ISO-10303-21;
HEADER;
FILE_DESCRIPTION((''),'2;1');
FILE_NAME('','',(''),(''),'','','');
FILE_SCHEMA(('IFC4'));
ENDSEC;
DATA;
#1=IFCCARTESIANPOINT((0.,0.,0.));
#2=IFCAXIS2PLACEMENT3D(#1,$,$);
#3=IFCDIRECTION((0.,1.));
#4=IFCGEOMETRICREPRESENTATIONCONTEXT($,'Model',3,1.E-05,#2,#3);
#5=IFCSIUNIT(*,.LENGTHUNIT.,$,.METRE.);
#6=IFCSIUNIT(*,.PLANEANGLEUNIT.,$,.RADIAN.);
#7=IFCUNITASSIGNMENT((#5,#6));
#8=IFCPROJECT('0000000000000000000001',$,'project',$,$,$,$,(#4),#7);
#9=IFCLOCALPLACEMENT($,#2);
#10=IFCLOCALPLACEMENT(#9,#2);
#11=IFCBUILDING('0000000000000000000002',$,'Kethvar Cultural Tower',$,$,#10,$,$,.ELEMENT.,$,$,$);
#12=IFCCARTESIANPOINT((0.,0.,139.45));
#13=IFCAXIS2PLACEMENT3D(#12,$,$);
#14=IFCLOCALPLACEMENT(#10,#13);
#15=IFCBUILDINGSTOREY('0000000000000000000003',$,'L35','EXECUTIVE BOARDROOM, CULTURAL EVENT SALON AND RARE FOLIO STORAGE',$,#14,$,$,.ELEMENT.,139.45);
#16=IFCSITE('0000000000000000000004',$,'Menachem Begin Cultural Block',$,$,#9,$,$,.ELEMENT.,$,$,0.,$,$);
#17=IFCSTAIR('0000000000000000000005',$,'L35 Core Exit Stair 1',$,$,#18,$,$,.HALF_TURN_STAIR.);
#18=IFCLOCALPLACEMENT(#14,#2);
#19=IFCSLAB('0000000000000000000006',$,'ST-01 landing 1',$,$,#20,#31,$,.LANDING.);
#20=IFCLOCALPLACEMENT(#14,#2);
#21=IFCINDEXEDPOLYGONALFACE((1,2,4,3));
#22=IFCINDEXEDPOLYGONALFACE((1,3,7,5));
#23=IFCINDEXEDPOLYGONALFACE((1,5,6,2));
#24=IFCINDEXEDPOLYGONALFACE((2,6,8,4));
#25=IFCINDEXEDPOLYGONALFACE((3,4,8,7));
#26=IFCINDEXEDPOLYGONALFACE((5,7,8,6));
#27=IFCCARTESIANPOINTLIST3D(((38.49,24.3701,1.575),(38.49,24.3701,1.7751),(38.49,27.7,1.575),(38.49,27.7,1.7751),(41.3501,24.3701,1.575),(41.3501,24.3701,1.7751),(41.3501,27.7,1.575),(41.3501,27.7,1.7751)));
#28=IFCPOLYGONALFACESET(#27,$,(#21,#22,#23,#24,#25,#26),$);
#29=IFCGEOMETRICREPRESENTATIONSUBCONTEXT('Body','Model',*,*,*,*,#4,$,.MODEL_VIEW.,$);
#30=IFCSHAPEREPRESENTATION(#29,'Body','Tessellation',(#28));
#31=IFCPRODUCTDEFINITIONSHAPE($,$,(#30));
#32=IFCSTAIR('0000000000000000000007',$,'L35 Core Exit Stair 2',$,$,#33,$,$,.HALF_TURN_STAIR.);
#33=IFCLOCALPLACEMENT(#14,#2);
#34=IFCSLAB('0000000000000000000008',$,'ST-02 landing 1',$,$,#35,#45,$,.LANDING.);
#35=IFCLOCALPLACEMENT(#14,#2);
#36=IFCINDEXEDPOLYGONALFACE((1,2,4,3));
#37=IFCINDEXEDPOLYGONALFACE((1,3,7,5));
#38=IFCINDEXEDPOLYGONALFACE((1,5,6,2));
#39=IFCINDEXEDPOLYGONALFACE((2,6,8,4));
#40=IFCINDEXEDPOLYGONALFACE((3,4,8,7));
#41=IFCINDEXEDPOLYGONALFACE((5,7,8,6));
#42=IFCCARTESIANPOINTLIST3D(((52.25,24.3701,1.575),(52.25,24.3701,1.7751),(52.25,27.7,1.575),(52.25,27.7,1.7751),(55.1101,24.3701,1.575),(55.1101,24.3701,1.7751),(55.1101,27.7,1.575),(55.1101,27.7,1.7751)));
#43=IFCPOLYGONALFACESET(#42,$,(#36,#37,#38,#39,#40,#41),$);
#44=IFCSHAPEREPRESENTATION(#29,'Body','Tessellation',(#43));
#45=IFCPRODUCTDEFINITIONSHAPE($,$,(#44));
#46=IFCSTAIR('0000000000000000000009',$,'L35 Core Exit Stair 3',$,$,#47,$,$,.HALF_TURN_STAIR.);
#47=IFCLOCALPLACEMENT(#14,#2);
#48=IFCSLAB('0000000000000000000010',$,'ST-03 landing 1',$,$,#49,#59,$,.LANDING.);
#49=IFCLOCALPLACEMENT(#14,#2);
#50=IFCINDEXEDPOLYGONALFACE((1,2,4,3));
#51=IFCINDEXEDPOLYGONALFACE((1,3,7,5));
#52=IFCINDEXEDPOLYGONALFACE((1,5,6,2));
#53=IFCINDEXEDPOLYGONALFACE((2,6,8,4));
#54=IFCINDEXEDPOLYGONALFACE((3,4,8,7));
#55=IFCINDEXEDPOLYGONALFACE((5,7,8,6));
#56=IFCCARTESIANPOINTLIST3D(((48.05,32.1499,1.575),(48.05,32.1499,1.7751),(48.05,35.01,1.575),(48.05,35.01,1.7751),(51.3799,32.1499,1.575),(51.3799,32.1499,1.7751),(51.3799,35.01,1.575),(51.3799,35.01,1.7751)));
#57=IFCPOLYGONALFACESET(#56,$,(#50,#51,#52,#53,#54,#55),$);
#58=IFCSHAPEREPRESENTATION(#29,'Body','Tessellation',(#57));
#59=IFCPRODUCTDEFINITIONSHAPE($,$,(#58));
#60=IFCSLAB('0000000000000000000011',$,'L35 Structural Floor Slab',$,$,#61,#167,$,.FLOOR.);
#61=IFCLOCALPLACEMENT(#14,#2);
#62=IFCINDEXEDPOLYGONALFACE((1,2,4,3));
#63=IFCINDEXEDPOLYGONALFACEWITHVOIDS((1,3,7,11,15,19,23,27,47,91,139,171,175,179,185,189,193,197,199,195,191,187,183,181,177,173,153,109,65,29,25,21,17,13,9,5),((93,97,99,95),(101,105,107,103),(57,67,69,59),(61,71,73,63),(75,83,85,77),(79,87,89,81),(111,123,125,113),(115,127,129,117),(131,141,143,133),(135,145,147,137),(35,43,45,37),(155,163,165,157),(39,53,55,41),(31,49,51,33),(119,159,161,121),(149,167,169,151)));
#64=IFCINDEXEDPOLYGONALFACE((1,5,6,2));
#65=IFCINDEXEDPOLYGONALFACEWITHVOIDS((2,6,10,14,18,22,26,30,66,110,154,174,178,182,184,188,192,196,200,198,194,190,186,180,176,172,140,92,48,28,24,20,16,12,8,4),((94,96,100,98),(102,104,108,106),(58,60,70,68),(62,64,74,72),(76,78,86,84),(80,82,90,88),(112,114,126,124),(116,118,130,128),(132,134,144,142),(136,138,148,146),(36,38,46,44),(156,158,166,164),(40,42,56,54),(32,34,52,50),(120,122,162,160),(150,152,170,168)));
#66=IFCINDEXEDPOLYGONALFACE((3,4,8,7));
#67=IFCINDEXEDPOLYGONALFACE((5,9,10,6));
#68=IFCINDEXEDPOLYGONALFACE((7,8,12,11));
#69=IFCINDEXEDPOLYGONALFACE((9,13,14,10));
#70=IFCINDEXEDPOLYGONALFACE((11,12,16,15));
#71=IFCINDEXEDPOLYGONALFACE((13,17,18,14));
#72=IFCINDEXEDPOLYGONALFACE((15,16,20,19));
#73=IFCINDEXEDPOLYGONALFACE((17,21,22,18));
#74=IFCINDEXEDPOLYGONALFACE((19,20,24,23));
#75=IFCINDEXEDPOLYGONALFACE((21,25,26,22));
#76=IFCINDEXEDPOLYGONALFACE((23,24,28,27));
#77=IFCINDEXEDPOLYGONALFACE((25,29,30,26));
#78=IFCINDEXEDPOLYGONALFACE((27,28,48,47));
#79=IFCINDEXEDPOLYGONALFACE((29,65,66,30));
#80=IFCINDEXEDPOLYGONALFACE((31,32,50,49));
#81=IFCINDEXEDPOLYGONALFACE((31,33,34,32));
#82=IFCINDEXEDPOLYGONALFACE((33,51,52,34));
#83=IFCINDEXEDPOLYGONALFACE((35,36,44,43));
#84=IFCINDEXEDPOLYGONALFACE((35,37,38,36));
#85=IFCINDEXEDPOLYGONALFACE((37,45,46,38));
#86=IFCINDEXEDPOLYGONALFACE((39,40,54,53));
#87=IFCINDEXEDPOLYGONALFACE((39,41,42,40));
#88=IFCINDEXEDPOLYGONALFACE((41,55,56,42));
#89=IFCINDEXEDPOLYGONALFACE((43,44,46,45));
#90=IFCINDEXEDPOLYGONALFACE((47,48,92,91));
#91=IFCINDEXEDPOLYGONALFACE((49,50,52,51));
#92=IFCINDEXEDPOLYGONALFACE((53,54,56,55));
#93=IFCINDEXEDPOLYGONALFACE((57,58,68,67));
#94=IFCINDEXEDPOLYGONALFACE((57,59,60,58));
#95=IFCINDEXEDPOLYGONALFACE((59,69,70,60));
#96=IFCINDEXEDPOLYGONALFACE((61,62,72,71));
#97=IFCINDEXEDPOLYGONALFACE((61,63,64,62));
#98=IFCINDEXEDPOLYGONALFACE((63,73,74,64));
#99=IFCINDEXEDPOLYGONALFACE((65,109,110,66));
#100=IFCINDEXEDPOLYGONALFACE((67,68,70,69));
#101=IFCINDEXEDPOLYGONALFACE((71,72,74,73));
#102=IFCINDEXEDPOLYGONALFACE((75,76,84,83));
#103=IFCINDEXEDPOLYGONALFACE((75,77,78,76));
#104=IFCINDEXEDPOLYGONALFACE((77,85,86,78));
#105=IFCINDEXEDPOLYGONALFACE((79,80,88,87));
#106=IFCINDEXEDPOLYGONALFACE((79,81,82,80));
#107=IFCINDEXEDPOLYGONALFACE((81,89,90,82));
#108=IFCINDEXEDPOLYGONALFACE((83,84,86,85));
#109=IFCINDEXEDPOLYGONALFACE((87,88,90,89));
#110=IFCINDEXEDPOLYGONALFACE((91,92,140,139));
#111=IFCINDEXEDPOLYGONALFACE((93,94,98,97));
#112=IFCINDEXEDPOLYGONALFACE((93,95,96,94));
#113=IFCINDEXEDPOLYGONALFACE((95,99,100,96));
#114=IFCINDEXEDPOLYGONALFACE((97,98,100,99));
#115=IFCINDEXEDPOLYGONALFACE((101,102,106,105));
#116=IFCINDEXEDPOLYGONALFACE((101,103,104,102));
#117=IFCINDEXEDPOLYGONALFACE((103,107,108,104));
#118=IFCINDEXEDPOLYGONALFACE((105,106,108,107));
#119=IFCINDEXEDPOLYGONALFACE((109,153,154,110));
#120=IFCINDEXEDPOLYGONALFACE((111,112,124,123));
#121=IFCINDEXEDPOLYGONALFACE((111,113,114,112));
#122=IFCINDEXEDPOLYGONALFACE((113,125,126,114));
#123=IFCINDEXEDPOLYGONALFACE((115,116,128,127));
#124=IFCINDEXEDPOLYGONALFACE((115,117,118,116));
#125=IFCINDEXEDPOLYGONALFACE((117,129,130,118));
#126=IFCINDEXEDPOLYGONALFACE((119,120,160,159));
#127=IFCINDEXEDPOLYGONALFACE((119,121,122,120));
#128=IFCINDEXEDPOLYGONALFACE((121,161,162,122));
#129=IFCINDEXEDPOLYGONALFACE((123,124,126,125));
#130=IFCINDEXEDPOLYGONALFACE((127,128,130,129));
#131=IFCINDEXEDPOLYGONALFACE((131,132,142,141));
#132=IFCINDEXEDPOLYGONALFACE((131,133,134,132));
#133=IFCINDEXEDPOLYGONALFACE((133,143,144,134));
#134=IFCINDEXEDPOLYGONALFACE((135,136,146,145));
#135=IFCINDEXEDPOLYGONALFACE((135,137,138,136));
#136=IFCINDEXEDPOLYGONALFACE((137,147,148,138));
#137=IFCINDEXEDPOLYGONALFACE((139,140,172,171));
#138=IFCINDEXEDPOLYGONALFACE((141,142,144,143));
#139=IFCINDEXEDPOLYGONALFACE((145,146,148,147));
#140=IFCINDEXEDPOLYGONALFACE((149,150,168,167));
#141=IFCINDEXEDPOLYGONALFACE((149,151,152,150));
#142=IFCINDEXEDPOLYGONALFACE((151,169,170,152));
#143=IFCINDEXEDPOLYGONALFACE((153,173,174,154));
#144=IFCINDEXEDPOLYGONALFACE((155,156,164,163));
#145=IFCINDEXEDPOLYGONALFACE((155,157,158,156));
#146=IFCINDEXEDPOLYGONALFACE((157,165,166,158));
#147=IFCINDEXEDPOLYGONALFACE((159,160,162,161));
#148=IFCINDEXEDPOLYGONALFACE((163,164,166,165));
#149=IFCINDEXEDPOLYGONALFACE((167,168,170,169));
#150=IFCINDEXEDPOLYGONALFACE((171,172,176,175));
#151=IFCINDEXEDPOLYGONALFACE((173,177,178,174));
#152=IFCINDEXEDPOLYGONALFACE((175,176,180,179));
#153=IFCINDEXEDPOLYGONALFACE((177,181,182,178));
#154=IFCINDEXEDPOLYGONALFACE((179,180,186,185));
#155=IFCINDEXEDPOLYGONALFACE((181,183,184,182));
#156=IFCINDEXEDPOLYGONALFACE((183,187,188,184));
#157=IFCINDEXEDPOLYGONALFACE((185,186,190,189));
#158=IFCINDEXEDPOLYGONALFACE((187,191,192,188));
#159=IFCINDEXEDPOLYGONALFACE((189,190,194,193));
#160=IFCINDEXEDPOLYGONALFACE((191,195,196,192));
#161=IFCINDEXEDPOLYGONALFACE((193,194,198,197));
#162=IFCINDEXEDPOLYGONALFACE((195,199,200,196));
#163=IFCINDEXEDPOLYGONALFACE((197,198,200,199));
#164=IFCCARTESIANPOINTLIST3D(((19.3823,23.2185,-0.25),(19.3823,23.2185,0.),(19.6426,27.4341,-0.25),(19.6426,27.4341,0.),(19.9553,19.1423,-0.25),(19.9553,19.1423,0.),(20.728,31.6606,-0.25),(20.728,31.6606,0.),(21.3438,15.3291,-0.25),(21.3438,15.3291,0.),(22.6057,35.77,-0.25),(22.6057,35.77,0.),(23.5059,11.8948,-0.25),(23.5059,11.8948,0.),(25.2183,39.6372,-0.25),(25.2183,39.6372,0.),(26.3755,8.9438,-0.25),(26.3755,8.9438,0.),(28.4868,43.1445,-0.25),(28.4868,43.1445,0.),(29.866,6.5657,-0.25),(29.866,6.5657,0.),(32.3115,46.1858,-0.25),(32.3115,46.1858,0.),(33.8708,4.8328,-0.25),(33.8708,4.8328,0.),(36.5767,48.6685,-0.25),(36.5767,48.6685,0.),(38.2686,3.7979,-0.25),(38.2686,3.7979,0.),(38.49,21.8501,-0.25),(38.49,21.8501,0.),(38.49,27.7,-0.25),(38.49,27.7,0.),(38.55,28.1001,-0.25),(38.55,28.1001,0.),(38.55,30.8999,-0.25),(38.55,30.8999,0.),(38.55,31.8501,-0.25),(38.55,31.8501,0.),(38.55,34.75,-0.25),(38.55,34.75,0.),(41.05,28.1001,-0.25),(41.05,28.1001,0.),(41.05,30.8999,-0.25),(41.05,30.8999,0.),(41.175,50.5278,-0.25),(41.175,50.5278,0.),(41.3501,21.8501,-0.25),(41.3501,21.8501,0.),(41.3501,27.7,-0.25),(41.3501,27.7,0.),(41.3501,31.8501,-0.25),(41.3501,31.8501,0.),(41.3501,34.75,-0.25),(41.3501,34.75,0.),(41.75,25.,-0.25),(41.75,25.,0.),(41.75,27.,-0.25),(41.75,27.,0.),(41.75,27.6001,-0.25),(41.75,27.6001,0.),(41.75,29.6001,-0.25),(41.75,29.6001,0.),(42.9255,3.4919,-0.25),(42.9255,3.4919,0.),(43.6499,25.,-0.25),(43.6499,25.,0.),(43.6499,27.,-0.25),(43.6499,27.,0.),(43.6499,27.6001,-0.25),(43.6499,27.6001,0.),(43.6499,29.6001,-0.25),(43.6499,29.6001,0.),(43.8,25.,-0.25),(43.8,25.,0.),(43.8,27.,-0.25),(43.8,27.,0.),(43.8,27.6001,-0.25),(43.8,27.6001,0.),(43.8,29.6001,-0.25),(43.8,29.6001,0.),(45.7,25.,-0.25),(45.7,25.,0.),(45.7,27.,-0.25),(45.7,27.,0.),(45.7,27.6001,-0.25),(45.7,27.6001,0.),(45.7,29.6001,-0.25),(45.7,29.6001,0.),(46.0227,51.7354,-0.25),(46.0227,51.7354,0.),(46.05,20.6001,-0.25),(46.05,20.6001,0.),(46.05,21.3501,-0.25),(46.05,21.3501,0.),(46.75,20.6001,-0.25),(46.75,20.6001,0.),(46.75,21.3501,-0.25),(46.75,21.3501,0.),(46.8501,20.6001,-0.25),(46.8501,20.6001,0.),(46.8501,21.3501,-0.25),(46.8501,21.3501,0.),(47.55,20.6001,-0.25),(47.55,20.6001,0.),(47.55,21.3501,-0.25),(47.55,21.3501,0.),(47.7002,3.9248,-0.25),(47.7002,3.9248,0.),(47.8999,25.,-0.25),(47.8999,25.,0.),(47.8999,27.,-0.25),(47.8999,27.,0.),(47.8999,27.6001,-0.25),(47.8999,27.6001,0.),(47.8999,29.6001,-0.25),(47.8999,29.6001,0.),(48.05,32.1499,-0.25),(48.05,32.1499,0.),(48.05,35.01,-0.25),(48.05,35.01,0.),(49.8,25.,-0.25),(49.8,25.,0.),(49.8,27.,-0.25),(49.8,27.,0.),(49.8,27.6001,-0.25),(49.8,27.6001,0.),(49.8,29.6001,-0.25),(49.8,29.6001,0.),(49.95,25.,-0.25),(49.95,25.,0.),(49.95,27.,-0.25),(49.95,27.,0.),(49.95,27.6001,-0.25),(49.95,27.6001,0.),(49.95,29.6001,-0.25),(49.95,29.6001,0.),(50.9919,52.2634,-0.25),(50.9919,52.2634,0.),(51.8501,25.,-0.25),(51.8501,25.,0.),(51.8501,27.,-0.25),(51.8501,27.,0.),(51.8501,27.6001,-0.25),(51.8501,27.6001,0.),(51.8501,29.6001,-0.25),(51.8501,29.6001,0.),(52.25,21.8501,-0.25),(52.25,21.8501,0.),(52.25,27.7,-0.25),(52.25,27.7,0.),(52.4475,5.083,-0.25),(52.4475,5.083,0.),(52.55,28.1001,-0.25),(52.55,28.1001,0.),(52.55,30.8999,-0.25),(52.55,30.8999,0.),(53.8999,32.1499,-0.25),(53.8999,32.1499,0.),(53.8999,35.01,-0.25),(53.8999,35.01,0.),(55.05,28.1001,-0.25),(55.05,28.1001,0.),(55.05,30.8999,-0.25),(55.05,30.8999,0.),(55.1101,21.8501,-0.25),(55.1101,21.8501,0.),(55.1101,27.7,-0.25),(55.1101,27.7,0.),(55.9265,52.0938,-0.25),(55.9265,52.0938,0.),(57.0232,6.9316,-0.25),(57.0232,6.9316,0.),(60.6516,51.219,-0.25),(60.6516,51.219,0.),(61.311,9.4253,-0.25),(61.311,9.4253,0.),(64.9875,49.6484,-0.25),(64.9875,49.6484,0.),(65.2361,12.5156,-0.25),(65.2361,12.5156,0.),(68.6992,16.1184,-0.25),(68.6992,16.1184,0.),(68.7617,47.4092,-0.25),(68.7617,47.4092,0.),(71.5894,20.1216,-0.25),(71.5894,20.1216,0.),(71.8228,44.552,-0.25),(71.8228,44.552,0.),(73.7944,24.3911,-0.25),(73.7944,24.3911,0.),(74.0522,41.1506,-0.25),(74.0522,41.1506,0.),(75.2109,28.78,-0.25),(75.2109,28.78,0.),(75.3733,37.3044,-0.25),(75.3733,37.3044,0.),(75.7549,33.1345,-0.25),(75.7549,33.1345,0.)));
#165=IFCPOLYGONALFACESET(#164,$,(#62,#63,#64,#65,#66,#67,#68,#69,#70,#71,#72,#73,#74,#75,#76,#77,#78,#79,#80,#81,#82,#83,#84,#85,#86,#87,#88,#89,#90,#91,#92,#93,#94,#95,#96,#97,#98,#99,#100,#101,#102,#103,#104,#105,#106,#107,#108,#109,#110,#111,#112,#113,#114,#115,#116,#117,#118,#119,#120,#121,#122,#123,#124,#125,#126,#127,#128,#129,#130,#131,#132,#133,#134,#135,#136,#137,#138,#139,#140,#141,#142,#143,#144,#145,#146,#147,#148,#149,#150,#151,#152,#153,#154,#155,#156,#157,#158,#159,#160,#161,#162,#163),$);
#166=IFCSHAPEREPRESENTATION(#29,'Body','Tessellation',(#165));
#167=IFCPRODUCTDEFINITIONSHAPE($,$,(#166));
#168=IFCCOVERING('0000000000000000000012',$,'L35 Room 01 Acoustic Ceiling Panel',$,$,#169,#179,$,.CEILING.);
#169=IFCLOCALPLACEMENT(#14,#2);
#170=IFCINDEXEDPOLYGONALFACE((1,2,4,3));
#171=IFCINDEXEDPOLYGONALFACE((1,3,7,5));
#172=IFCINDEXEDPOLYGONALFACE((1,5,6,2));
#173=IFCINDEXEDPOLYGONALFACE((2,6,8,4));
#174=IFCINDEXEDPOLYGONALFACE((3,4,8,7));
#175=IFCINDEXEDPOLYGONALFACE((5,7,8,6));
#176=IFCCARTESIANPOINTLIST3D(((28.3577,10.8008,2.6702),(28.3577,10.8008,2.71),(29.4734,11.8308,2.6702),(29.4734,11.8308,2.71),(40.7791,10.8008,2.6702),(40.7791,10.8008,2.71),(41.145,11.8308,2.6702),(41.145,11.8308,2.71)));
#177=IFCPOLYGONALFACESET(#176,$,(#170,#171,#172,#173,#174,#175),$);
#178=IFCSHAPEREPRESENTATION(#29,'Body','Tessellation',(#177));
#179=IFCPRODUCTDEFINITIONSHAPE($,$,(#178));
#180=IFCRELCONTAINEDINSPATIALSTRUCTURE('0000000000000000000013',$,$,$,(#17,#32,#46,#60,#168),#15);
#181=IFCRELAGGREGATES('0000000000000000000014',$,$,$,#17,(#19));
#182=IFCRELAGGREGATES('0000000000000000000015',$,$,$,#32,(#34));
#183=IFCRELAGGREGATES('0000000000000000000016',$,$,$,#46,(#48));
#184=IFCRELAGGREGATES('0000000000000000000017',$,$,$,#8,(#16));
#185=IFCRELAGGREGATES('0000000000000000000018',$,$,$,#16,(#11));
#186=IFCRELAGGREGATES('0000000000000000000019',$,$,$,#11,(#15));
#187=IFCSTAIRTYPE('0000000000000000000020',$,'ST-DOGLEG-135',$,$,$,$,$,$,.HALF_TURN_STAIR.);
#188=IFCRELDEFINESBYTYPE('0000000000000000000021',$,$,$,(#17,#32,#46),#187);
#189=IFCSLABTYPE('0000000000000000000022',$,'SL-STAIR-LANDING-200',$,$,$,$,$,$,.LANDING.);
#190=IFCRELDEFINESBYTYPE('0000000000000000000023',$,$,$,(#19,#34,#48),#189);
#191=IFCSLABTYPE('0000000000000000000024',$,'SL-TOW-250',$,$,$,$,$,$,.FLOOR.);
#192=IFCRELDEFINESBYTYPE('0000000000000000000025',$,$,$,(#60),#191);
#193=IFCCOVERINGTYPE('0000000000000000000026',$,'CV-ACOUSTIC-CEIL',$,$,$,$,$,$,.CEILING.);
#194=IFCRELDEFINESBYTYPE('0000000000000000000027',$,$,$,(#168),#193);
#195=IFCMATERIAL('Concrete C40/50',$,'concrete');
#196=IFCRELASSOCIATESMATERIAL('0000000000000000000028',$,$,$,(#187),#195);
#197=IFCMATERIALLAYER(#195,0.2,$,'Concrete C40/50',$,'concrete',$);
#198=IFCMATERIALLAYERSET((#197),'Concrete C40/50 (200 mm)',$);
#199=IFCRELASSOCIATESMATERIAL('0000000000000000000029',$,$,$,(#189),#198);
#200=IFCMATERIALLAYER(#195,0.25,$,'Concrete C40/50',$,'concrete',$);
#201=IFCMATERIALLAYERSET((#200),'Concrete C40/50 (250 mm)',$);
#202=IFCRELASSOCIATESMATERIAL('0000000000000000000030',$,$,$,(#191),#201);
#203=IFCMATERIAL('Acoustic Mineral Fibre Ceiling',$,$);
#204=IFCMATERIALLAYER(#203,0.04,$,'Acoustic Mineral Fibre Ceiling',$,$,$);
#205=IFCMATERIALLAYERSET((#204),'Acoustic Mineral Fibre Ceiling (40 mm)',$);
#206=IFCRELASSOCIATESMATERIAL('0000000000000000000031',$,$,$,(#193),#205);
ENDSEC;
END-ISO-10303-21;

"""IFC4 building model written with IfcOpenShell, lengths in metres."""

from ifc_helpers import new_model, si_unit, direction, frame, origin, place, context, subcontext, project, spatial, polyline, outline, extrude, material, layer, layer_set, type_object, element, aggregate, save


model = new_model("IFC4")

# Units and contexts
model_context = context("Model", 3, precision=1e-05, world=origin(), true_north=direction((0.0, 1.0)))
body_context = subcontext(model_context, "Body", "Model", "MODEL_VIEW")
ifc_project = project(units=[si_unit("LENGTHUNIT", "METRE"), si_unit("PLANEANGLEUNIT", "RADIAN")], contexts=[model_context])

# Site, building, storey
site_placement = place(None, origin())
site = spatial("IfcSite", under=ifc_project, at=site_placement, Name="Menachem Begin Cultural Block", CompositionType="ELEMENT", RefElevation=0.0)
building_placement = place(site_placement, origin())
building = spatial("IfcBuilding", under=site, at=building_placement, Name="Kethvar Cultural Tower", CompositionType="ELEMENT")
storey_placement = place(building_placement, frame((0.0, 0.0, 139.45)))
storey = spatial("IfcBuildingStorey", under=building, at=storey_placement, Name="L35", Description="EXECUTIVE BOARDROOM, CULTURAL EVENT SALON AND RARE FOLIO STORAGE", CompositionType="ELEMENT", Elevation=139.45)

# Stairs, slabs
ifc_material_1 = material(Name="Concrete C40/50", Category="concrete")
stair_type = type_object("IfcStairType", Name="ST-DOGLEG-135", PredefinedType="HALF_TURN_STAIR", material=ifc_material_1)
stair_1_placement = place(storey_placement, origin())
stair_1 = element("IfcStair", 1, at=stair_1_placement, inside=storey, type_object=stair_type, Name="L35 Core Exit Stair 1", PredefinedType="HALF_TURN_STAIR")
ifc_layer_1 = layer(ifc_material_1, 0.2, Name="Concrete C40/50", Category="concrete")
ifc_layer_set_1 = layer_set([ifc_layer_1], Name="Concrete C40/50 (200 mm)")
slab_type_1 = type_object("IfcSlabType", Name="SL-STAIR-LANDING-200", PredefinedType="LANDING", material=ifc_layer_set_1)
slab_1_placement = place(storey_placement, frame((0.0, 0.0, 1.575)))
slab_1 = element("IfcSlab", 2, at=slab_1_placement, type_object=slab_type_1, Name="ST-01 landing 1", PredefinedType="LANDING", context=body_context, shape_type="SweptSolid", body=[
    extrude(outline(polyline([(41.3501, 24.3701), (41.3501, 27.7), (38.49, 27.7), (38.49, 24.3701), (41.3501, 24.3701)])), origin(), (0.0, 0.0, 1.0), 0.2002),
])
aggregate(stair_1, [slab_1])
stair_2_placement = place(storey_placement, origin())
stair_2 = element("IfcStair", 3, at=stair_2_placement, inside=storey, type_object=stair_type, Name="L35 Core Exit Stair 2", PredefinedType="HALF_TURN_STAIR")
slab_2_placement = place(storey_placement, frame((0.0, 0.0, 1.575)))
slab_2 = element("IfcSlab", 4, at=slab_2_placement, type_object=slab_type_1, Name="ST-02 landing 1", PredefinedType="LANDING", context=body_context, shape_type="SweptSolid", body=[
    extrude(outline(polyline([(55.1101, 24.3701), (55.1101, 27.7), (52.25, 27.7), (52.25, 24.3701), (55.1101, 24.3701)])), origin(), (0.0, 0.0, 1.0), 0.2002),
])
aggregate(stair_2, [slab_2])
stair_3_placement = place(storey_placement, origin())
stair_3 = element("IfcStair", 5, at=stair_3_placement, inside=storey, type_object=stair_type, Name="L35 Core Exit Stair 3", PredefinedType="HALF_TURN_STAIR")
slab_3_placement = place(storey_placement, frame((0.0, 0.0, 1.575)))
slab_3 = element("IfcSlab", 6, at=slab_3_placement, type_object=slab_type_1, Name="ST-03 landing 1", PredefinedType="LANDING", context=body_context, shape_type="SweptSolid", body=[
    extrude(outline(polyline([(51.3799, 35.01), (48.05, 35.01), (48.05, 32.1499), (51.3799, 32.1499), (51.3799, 35.01)])), origin(), (0.0, 0.0, 1.0), 0.2002),
])
aggregate(stair_3, [slab_3])

# Slab
ifc_layer_2 = layer(ifc_material_1, 0.25, Name="Concrete C40/50", Category="concrete")
ifc_layer_set_2 = layer_set([ifc_layer_2], Name="Concrete C40/50 (250 mm)")
slab_type_2 = type_object("IfcSlabType", Name="SL-TOW-250", PredefinedType="FLOOR", material=ifc_layer_set_2)
slab_4_placement = place(storey_placement, frame((0.0, 0.0, -0.25)))
element("IfcSlab", 7, at=slab_4_placement, inside=storey, type_object=slab_type_2, Name="L35 Structural Floor Slab", PredefinedType="FLOOR", context=body_context, shape_type="SweptSolid", body=[
    extrude(outline(polyline([(74.0522, 41.1506), (71.8228, 44.552), (68.7617, 47.4092), (64.9875, 49.6484), (60.6516, 51.219), (55.9265, 52.0938), (50.9919, 52.2634), (46.0227, 51.7354), (41.175, 50.5278), (36.5767, 48.6685), (32.3115, 46.1858), (28.4868, 43.1445), (25.2183, 39.6372), (22.6057, 35.77), (20.728, 31.6606), (19.6426, 27.4341), (19.3823, 23.2185), (19.9553, 19.1423), (21.3438, 15.3291), (23.5059, 11.8948), (26.3755, 8.9438), (29.866, 6.5657), (33.8708, 4.8328), (38.2686, 3.7979), (42.9255, 3.4919), (47.7002, 3.9248), (52.4475, 5.083), (57.0232, 6.9316), (61.311, 9.4253), (65.2361, 12.5156), (68.6992, 16.1184), (71.5894, 20.1216), (73.7944, 24.3911), (75.2109, 28.78), (75.7549, 33.1345), (75.3733, 37.3044), (74.0522, 41.1506)]), holes=[polyline([(38.49, 21.8501), (38.49, 27.7), (41.3501, 27.7), (41.3501, 21.8501), (38.49, 21.8501)]), polyline([(52.25, 21.8501), (52.25, 27.7), (55.1101, 27.7), (55.1101, 21.8501), (52.25, 21.8501)]), polyline([(53.8999, 32.1499), (48.05, 32.1499), (48.05, 35.01), (53.8999, 35.01), (53.8999, 32.1499)]), polyline([(41.75, 27.0), (43.6499, 27.0), (43.6499, 25.0), (41.75, 25.0), (41.75, 27.0)]), polyline([(43.8, 27.0), (45.7, 27.0), (45.7, 25.0), (43.8, 25.0), (43.8, 27.0)]), polyline([(47.8999, 27.0), (49.8, 27.0), (49.8, 25.0), (47.8999, 25.0), (47.8999, 27.0)]), polyline([(49.95, 27.0), (51.8501, 27.0), (51.8501, 25.0), (49.95, 25.0), (49.95, 27.0)]), polyline([(41.75, 29.6001), (43.6499, 29.6001), (43.6499, 27.6001), (41.75, 27.6001), (41.75, 29.6001)]), polyline([(43.8, 29.6001), (45.7, 29.6001), (45.7, 27.6001), (43.8, 27.6001), (43.8, 29.6001)]), polyline([(47.8999, 29.6001), (49.8, 29.6001), (49.8, 27.6001), (47.8999, 27.6001), (47.8999, 29.6001)]), polyline([(49.95, 29.6001), (51.8501, 29.6001), (51.8501, 27.6001), (49.95, 27.6001), (49.95, 29.6001)]), polyline([(38.55, 30.8999), (41.05, 30.8999), (41.05, 28.1001), (38.55, 28.1001), (38.55, 30.8999)]), polyline([(52.55, 30.8999), (55.05, 30.8999), (55.05, 28.1001), (52.55, 28.1001), (52.55, 30.8999)]), polyline([(38.55, 34.75), (41.3501, 34.75), (41.3501, 31.8501), (38.55, 31.8501), (38.55, 34.75)]), polyline([(46.05, 21.3501), (46.75, 21.3501), (46.75, 20.6001), (46.05, 20.6001), (46.05, 21.3501)]), polyline([(46.8501, 21.3501), (47.55, 21.3501), (47.55, 20.6001), (46.8501, 20.6001), (46.8501, 21.3501)])]), origin(), (0.0, 0.0, 1.0), 0.25),
])

# Covering
ifc_material_2 = material(Name="Acoustic Mineral Fibre Ceiling")
ifc_layer_3 = layer(ifc_material_2, 0.04, Name="Acoustic Mineral Fibre Ceiling")
ifc_layer_set_3 = layer_set([ifc_layer_3], Name="Acoustic Mineral Fibre Ceiling (40 mm)")
covering_type_1 = type_object("IfcCoveringType", Name="CV-ACOUSTIC-CEIL", PredefinedType="CEILING", material=ifc_layer_set_3)
covering_1_placement = place(storey_placement, frame((0.0, 0.0, 2.6702)))
element("IfcCovering", 8, at=covering_1_placement, inside=storey, type_object=covering_type_1, Name="L35 Room 01 Acoustic Ceiling Panel", PredefinedType="CEILING", context=body_context, shape_type="SweptSolid", body=[
    extrude(outline(polyline([(29.4734, 11.8308), (41.145, 11.8308), (40.7791, 10.8008), (28.3577, 10.8008), (29.4734, 11.8308)])), origin(), (0.0, 0.0, 1.0), 0.0398),
])

save(model, "model.ifc")
